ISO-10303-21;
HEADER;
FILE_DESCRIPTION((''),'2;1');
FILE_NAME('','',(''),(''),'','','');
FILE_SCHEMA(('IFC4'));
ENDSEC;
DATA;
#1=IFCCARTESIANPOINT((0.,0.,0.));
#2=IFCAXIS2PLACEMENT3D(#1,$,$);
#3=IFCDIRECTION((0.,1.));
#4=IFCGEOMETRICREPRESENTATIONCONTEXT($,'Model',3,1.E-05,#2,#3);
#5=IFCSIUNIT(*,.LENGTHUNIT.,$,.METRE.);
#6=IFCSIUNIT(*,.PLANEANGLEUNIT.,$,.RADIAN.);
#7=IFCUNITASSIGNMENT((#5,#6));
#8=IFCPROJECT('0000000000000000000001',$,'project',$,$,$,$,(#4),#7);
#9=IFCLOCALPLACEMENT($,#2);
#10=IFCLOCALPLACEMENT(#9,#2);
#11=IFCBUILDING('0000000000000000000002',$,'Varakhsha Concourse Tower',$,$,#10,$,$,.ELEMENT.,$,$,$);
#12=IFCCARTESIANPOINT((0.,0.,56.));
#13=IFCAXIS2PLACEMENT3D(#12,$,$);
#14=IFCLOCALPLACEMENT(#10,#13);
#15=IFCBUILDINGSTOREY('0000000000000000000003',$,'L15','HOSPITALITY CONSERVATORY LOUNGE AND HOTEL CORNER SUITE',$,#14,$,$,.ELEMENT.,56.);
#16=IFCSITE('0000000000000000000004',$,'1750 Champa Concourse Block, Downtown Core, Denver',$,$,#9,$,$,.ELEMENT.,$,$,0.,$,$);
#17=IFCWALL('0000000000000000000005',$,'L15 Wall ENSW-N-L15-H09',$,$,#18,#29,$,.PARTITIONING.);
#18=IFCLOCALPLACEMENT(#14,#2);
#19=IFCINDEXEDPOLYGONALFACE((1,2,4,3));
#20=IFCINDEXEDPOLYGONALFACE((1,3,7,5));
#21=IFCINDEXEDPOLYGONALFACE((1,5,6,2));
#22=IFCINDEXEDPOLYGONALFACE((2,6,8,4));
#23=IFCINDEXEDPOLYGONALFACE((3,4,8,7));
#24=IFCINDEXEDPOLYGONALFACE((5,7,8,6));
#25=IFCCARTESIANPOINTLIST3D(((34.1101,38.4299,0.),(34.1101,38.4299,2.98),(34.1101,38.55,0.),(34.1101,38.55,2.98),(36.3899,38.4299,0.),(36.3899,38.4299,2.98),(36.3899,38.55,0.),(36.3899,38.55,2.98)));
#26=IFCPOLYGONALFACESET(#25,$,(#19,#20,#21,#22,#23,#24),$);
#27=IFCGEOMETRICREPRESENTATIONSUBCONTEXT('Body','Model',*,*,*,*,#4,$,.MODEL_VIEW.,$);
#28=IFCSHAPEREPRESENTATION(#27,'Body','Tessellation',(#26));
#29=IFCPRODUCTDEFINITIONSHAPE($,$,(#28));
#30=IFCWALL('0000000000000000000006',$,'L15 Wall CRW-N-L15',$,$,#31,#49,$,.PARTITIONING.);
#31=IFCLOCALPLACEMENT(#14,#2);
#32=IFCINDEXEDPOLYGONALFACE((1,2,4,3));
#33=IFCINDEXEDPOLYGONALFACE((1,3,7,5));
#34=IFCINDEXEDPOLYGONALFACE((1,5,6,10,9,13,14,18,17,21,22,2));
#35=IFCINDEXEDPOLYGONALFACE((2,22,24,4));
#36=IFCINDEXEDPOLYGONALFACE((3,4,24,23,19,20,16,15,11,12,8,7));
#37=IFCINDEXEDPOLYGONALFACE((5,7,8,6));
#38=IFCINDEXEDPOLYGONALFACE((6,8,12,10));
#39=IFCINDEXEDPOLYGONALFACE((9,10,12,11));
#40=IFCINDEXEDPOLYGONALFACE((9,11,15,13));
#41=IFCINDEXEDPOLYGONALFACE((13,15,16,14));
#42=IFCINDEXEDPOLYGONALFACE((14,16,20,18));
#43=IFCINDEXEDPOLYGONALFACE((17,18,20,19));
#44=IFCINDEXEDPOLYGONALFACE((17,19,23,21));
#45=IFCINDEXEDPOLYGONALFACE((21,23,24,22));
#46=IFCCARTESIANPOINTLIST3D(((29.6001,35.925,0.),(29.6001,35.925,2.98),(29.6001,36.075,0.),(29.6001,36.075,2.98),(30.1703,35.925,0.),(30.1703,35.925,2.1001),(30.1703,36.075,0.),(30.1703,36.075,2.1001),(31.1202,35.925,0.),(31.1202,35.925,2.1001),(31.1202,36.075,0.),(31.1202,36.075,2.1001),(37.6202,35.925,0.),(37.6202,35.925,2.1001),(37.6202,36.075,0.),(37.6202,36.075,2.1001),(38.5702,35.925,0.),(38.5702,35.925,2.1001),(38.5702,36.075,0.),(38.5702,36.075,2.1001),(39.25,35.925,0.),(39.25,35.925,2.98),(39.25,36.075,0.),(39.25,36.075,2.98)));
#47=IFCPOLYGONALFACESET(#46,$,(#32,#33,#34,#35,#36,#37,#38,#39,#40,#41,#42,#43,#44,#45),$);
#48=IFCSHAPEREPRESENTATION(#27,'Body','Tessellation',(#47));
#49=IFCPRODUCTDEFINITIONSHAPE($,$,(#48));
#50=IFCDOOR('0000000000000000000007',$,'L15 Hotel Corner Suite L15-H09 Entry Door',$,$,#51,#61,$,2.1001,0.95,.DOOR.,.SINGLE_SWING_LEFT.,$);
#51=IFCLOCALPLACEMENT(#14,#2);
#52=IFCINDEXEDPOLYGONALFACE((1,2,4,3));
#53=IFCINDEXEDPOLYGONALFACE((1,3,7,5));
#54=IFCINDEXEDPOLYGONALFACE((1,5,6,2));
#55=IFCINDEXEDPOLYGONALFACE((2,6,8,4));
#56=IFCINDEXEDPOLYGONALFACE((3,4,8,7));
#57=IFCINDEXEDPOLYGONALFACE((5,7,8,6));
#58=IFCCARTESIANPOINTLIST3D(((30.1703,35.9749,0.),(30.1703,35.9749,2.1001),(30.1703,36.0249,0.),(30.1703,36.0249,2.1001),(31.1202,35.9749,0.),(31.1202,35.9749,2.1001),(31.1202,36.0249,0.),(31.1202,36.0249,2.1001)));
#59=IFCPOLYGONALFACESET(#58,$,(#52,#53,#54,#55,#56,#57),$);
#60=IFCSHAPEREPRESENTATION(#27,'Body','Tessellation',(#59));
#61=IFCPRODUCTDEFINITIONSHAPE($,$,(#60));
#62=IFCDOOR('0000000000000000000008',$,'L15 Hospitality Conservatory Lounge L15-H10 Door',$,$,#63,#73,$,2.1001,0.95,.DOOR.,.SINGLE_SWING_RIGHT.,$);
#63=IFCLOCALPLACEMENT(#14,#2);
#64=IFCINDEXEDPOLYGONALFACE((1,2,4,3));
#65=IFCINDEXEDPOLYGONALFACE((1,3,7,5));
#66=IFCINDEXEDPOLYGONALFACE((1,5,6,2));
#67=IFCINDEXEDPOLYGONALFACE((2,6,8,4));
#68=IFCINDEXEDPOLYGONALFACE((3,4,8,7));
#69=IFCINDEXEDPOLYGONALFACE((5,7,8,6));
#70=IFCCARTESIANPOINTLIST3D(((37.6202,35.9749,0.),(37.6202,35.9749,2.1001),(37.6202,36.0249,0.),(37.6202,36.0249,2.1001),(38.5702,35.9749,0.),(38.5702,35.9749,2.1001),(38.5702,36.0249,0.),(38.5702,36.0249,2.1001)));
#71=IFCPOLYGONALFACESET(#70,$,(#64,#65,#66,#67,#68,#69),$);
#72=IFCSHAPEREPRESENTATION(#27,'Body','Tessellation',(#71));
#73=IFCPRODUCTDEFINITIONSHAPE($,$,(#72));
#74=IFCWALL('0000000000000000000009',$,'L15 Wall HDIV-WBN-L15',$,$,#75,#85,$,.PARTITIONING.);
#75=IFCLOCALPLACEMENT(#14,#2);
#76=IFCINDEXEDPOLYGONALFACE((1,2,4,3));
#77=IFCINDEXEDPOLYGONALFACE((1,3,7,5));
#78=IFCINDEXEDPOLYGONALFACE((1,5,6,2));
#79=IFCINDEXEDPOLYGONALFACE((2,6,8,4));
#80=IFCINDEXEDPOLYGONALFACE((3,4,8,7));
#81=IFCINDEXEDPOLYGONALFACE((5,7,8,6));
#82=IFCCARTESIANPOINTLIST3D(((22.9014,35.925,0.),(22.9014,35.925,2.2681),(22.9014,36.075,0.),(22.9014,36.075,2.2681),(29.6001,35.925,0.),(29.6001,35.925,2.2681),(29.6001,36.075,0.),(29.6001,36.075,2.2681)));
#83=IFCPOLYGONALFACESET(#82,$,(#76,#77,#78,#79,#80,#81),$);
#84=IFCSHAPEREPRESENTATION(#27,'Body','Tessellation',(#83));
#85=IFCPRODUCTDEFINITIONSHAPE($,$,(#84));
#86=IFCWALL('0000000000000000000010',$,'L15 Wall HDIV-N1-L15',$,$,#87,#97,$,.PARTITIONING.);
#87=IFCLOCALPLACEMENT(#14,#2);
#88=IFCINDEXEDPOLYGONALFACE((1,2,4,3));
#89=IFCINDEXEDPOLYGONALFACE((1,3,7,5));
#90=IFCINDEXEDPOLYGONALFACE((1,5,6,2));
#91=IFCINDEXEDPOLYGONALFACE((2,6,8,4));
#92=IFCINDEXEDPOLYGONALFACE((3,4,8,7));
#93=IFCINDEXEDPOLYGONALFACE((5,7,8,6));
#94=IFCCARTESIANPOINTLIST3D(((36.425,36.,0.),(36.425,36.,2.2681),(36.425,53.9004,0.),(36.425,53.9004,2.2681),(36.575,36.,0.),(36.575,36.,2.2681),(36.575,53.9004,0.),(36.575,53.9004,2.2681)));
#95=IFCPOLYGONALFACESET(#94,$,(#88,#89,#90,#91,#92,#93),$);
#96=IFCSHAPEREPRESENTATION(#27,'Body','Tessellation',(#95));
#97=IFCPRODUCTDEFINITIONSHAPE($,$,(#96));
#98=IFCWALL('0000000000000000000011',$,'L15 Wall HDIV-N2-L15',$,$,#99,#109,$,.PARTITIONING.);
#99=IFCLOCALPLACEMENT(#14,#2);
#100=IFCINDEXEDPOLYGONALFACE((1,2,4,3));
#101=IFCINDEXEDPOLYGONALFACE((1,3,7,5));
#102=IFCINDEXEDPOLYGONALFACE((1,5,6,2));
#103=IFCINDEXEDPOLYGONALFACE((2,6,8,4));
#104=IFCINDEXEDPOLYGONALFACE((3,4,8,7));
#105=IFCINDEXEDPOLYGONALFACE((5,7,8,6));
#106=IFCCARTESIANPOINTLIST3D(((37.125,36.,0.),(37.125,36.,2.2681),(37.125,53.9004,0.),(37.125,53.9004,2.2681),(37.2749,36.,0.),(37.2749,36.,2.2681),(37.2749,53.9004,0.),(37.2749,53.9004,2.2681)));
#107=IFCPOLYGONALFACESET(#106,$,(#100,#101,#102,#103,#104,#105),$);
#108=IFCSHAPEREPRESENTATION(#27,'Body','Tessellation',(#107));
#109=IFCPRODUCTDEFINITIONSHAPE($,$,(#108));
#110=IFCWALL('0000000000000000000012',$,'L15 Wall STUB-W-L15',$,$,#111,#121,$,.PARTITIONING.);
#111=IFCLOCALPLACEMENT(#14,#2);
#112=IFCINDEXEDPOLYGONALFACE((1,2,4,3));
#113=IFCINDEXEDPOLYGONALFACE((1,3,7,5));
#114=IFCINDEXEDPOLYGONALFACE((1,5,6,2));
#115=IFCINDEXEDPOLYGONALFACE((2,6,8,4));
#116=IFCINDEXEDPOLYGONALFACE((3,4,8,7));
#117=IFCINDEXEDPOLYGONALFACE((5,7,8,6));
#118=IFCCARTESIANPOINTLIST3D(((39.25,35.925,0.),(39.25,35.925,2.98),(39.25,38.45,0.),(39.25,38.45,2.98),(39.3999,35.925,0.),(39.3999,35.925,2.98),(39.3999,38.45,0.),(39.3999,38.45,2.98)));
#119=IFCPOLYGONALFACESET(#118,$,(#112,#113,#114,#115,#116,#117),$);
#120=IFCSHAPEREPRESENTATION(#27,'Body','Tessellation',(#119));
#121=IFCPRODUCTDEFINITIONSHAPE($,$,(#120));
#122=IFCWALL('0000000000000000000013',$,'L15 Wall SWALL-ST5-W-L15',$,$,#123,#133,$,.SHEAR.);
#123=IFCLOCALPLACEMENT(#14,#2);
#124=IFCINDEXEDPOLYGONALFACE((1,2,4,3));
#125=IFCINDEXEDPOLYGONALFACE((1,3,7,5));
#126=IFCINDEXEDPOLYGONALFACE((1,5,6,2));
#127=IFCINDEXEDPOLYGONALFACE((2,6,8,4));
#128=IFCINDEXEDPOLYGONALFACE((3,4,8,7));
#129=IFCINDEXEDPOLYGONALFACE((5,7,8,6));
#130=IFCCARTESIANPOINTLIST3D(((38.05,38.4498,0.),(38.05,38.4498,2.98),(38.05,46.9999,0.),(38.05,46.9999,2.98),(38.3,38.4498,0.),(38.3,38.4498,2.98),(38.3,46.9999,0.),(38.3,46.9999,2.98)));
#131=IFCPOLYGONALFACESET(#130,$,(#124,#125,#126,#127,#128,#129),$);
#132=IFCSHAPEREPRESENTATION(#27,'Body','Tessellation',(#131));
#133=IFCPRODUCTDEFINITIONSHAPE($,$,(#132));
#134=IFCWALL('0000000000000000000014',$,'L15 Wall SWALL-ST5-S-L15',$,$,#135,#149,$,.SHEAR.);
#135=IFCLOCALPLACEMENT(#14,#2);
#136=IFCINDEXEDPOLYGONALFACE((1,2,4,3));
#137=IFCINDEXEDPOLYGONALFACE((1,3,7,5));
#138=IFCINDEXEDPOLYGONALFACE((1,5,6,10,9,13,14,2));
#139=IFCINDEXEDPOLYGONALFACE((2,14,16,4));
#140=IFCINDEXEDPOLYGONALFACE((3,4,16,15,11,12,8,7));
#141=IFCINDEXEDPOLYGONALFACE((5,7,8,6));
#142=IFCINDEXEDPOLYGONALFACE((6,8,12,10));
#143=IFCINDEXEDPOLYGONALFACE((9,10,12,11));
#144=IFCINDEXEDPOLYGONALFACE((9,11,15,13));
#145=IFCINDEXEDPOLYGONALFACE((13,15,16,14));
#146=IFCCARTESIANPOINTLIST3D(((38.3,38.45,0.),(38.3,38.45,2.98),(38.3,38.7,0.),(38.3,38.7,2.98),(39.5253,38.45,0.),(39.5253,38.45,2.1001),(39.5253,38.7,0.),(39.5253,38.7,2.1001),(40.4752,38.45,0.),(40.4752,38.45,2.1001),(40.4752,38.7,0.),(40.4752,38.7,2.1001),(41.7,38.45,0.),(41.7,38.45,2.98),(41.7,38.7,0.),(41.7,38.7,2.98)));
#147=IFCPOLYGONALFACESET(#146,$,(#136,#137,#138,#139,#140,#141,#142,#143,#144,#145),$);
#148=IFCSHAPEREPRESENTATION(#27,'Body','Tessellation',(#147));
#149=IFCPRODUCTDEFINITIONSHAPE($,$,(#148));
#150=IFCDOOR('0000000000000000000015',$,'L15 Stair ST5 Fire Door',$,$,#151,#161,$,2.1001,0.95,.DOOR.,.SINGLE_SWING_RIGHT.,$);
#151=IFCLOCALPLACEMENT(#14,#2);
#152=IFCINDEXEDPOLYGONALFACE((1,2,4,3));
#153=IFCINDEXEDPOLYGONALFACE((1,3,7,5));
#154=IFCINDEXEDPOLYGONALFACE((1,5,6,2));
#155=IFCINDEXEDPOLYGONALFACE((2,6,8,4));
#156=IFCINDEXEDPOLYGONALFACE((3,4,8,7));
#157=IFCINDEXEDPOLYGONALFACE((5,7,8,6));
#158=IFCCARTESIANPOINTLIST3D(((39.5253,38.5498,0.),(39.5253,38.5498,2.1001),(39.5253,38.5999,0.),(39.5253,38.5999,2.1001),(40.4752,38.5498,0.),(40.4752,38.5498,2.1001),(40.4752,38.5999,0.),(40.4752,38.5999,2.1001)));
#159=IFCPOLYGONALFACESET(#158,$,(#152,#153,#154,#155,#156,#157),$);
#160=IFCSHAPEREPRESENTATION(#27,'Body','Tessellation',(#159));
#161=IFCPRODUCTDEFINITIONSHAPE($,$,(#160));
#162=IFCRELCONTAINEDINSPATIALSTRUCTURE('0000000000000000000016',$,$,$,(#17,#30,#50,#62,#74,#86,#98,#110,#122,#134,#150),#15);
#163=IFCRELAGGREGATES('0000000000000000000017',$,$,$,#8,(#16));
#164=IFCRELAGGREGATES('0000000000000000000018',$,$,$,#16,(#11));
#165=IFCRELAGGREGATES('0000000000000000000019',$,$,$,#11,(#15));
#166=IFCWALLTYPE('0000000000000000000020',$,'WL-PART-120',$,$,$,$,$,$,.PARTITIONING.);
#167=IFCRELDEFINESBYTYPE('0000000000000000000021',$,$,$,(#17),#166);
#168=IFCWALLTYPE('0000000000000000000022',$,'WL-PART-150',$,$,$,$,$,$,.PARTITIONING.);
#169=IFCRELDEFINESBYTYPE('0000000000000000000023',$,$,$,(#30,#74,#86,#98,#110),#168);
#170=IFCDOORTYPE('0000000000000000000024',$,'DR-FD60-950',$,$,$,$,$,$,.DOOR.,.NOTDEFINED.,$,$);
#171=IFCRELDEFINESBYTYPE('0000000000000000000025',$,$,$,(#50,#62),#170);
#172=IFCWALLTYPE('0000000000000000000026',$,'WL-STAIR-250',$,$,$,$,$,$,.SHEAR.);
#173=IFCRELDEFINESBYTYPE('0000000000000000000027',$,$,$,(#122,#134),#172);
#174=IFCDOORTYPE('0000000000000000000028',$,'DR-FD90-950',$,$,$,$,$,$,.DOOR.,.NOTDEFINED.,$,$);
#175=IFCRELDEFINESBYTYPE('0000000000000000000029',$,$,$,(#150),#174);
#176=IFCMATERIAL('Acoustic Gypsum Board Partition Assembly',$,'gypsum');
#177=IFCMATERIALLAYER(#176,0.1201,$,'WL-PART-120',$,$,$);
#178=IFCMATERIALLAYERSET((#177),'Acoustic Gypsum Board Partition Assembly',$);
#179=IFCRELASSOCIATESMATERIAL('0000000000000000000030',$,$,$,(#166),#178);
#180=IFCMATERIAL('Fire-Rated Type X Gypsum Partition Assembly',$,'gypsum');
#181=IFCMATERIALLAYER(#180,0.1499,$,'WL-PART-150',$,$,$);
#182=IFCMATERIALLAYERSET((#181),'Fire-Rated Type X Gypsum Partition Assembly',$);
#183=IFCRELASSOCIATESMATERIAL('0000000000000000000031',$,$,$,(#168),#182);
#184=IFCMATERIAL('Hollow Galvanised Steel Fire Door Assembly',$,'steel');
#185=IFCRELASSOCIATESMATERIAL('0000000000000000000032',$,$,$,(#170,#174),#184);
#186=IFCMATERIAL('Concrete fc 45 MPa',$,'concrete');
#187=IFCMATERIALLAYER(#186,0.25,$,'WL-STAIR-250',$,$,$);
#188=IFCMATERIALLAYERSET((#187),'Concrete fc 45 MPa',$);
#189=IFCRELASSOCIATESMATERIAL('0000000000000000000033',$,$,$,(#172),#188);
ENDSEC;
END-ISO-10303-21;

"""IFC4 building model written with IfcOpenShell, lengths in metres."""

from ifc_helpers import new_model, si_unit, direction, frame, frame_2d, origin, place, context, subcontext, project, spatial, rectangle, extrude, material, layer, layer_set, type_object, element, fill, save


model = new_model("IFC4")

# Units and contexts
model_context = context("Model", 3, precision=1e-05, world=origin(), true_north=direction((0.0, 1.0)))
body_context = subcontext(model_context, "Body", "Model", "MODEL_VIEW")
ifc_project = project(units=[si_unit("LENGTHUNIT", "METRE"), si_unit("PLANEANGLEUNIT", "RADIAN")], contexts=[model_context])

# Site, building, storey
site_placement = place(None, origin())
site = spatial("IfcSite", under=ifc_project, at=site_placement, Name="1750 Champa Concourse Block, Downtown Core, Denver", CompositionType="ELEMENT", RefElevation=0.0)
building_placement = place(site_placement, origin())
building = spatial("IfcBuilding", under=site, at=building_placement, Name="Varakhsha Concourse Tower", CompositionType="ELEMENT")
storey_placement = place(building_placement, frame((0.0, 0.0, 56.0)))
storey = spatial("IfcBuildingStorey", under=building, at=storey_placement, Name="L15", Description="HOSPITALITY CONSERVATORY LOUNGE AND HOTEL CORNER SUITE", CompositionType="ELEMENT", Elevation=56.0)

# Shared definitions
ifc_material_1 = material(Name="Acoustic Gypsum Board Partition Assembly", Category="gypsum")
ifc_layer_1 = layer(ifc_material_1, 0.1201, Name="WL-PART-120")
ifc_layer_set_1 = layer_set([ifc_layer_1], Name="Acoustic Gypsum Board Partition Assembly")
wall_type_1 = type_object("IfcWallType", Name="WL-PART-120", PredefinedType="PARTITIONING", material=ifc_layer_set_1)

# Wall
wall_1_placement = place(storey_placement, frame((34.1101, 38.49, 0.0), z_axis=(0.0, 0.0, 1.0), x_axis=(1.0, 0.0, 0.0)))
element("IfcWall", 1, at=wall_1_placement, inside=storey, type_object=wall_type_1, Name="L15 Wall ENSW-N-L15-H09", PredefinedType="PARTITIONING", context=body_context, shape_type="SweptSolid", body=[
    extrude(rectangle(XDim=2.2798, YDim=0.1201, at=frame_2d((1.1399, 0.0))), origin(), (0.0, 0.0, 1.0), 2.98),
])

# Wall, openings, doors
ifc_material_2 = material(Name="Fire-Rated Type X Gypsum Partition Assembly", Category="gypsum")
ifc_layer_2 = layer(ifc_material_2, 0.1499, Name="WL-PART-150")
ifc_layer_set_2 = layer_set([ifc_layer_2], Name="Fire-Rated Type X Gypsum Partition Assembly")
wall_type_2 = type_object("IfcWallType", Name="WL-PART-150", PredefinedType="PARTITIONING", material=ifc_layer_set_2)
wall_2_placement = place(storey_placement, frame((29.6001, 36.0, 0.0), z_axis=(0.0, 0.0, 1.0), x_axis=(1.0, 0.0, 0.0)))
wall_2 = element("IfcWall", 2, at=wall_2_placement, inside=storey, type_object=wall_type_2, Name="L15 Wall CRW-N-L15", PredefinedType="PARTITIONING", context=body_context, shape_type="SweptSolid", body=[
    extrude(rectangle(XDim=9.6499, YDim=0.1499, at=frame_2d((4.825, 0.0))), origin(), (0.0, 0.0, 1.0), 2.98),
])
opening_1_placement = place(wall_2_placement, frame((0.5701, 0.0, 0.0)))
opening_1 = element("IfcOpeningElement", 3, at=opening_1_placement, cuts=wall_2, PredefinedType="OPENING", context=body_context, shape_type="SweptSolid", body=[
    extrude(rectangle(XDim=0.95, YDim=2.1001, at=frame_2d((0.4751, 1.05))), frame((0.0, 0.085, 0.0), z_axis=(0.0, -1.0, 0.0), x_axis=(1.0, 0.0, 0.0)), (0.0, 0.0, 1.0), 0.1699),
])
opening_2_placement = place(wall_2_placement, frame((8.02, 0.0, 0.0)))
opening_2 = element("IfcOpeningElement", 4, at=opening_2_placement, cuts=wall_2, PredefinedType="OPENING", context=body_context, shape_type="SweptSolid", body=[
    extrude(rectangle(XDim=0.95, YDim=2.1001, at=frame_2d((0.4751, 1.05))), frame((0.0, 0.085, 0.0), z_axis=(0.0, -1.0, 0.0), x_axis=(1.0, 0.0, 0.0)), (0.0, 0.0, 1.0), 0.1699),
])
ifc_material_3 = material(Name="Hollow Galvanised Steel Fire Door Assembly", Category="steel")
door_type_1 = type_object("IfcDoorType", Name="DR-FD60-950", OperationType="NOTDEFINED", PredefinedType="DOOR", material=ifc_material_3)
door_1_placement = place(opening_1_placement, origin())
door_1 = element("IfcDoor", 5, at=door_1_placement, inside=storey, type_object=door_type_1, Name="L15 Hotel Corner Suite L15-H09 Entry Door", OperationType="SINGLE_SWING_LEFT", OverallHeight=2.1001, OverallWidth=0.95, PredefinedType="DOOR", context=body_context, shape_type="SweptSolid", body=[
    extrude(rectangle(XDim=0.95, YDim=2.1001, at=frame_2d((0.4751, 1.05))), frame((0.0, 0.0249, 0.0), z_axis=(0.0, -1.0, 0.0), x_axis=(1.0, 0.0, 0.0)), (0.0, 0.0, 1.0), 0.05),
])
fill(opening_1, door_1)
door_2_placement = place(opening_2_placement, origin())
door_2 = element("IfcDoor", 6, at=door_2_placement, inside=storey, type_object=door_type_1, Name="L15 Hospitality Conservatory Lounge L15-H10 Door", OperationType="SINGLE_SWING_RIGHT", OverallHeight=2.1001, OverallWidth=0.95, PredefinedType="DOOR", context=body_context, shape_type="SweptSolid", body=[
    extrude(rectangle(XDim=0.95, YDim=2.1001, at=frame_2d((0.4751, 1.05))), frame((0.0, 0.0249, 0.0), z_axis=(0.0, -1.0, 0.0), x_axis=(1.0, 0.0, 0.0)), (0.0, 0.0, 1.0), 0.05),
])
fill(opening_2, door_2)

# Walls
wall_3_placement = place(storey_placement, frame((22.9014, 36.0, 0.0), z_axis=(0.0, 0.0, 1.0), x_axis=(1.0, 0.0, 0.0)))
element("IfcWall", 7, at=wall_3_placement, inside=storey, type_object=wall_type_2, Name="L15 Wall HDIV-WBN-L15", PredefinedType="PARTITIONING", context=body_context, shape_type="SweptSolid", body=[
    extrude(rectangle(XDim=6.6987, YDim=0.1499, at=frame_2d((3.3494, 0.0))), origin(), (0.0, 0.0, 1.0), 2.2681),
])
for number, where, z_axis, x_axis, name in (
    (8, (36.5, 36.0, 0.0), (0.0, 0.0, 1.0), (0.0, 1.0, 0.0), "L15 Wall HDIV-N1-L15"),
    (9, (37.2, 36.0, 0.0), (0.0, 0.0, 1.0), (0.0, 1.0, 0.0), "L15 Wall HDIV-N2-L15"),
):
    element("IfcWall", number, at=place(storey_placement, frame(where, z_axis=z_axis, x_axis=x_axis)), inside=storey, type_object=wall_type_2, Name=name, PredefinedType="PARTITIONING", context=body_context, shape_type="SweptSolid", body=[
        extrude(rectangle(XDim=17.9004, YDim=0.1499, at=frame_2d((8.9502, 0.0))), origin(), (0.0, 0.0, 1.0), 2.2681),
    ])
wall_4_placement = place(storey_placement, frame((39.325, 35.925, 0.0), z_axis=(0.0, 0.0, 1.0), x_axis=(0.0, 1.0, 0.0)))
element("IfcWall", 10, at=wall_4_placement, inside=storey, type_object=wall_type_2, Name="L15 Wall STUB-W-L15", PredefinedType="PARTITIONING", context=body_context, shape_type="SweptSolid", body=[
    extrude(rectangle(XDim=2.5249, YDim=0.1499, at=frame_2d((1.2625, 0.0))), origin(), (0.0, 0.0, 1.0), 2.98),
])
ifc_material_4 = material(Name="Concrete fc 45 MPa", Category="concrete")
ifc_layer_3 = layer(ifc_material_4, 0.25, Name="WL-STAIR-250")
ifc_layer_set_3 = layer_set([ifc_layer_3], Name="Concrete fc 45 MPa")
wall_type_3 = type_object("IfcWallType", Name="WL-STAIR-250", PredefinedType="SHEAR", material=ifc_layer_set_3)
wall_5_placement = place(storey_placement, frame((38.175, 38.45, 0.0), z_axis=(0.0, 0.0, 1.0), x_axis=(0.0, 1.0, 0.0)))
element("IfcWall", 11, at=wall_5_placement, inside=storey, type_object=wall_type_3, Name="L15 Wall SWALL-ST5-W-L15", PredefinedType="SHEAR", context=body_context, shape_type="SweptSolid", body=[
    extrude(rectangle(XDim=8.55, YDim=0.25, at=frame_2d((4.2749, 0.0))), origin(), (0.0, 0.0, 1.0), 2.98),
])

# Wall, opening, door
wall_6_placement = place(storey_placement, frame((38.3, 38.575, 0.0), z_axis=(0.0, 0.0, 1.0), x_axis=(1.0, 0.0, 0.0)))
wall_6 = element("IfcWall", 12, at=wall_6_placement, inside=storey, type_object=wall_type_3, Name="L15 Wall SWALL-ST5-S-L15", PredefinedType="SHEAR", context=body_context, shape_type="SweptSolid", body=[
    extrude(rectangle(XDim=3.3999, YDim=0.25, at=frame_2d((1.7, 0.0))), origin(), (0.0, 0.0, 1.0), 2.98),
])
opening_3_placement = place(wall_6_placement, frame((1.2251, 0.0, 0.0)))
opening_3 = element("IfcOpeningElement", 13, at=opening_3_placement, cuts=wall_6, PredefinedType="OPENING", context=body_context, shape_type="SweptSolid", body=[
    extrude(rectangle(XDim=0.95, YDim=2.1001, at=frame_2d((0.4751, 1.05))), frame((0.0, 0.135, 0.0), z_axis=(0.0, -1.0, 0.0), x_axis=(1.0, 0.0, 0.0)), (0.0, 0.0, 1.0), 0.27),
])
door_type_2 = type_object("IfcDoorType", Name="DR-FD90-950", OperationType="NOTDEFINED", PredefinedType="DOOR", material=ifc_material_3)
door_3_placement = place(opening_3_placement, origin())
door_3 = element("IfcDoor", 14, at=door_3_placement, inside=storey, type_object=door_type_2, Name="L15 Stair ST5 Fire Door", OperationType="SINGLE_SWING_RIGHT", OverallHeight=2.1001, OverallWidth=0.95, PredefinedType="DOOR", context=body_context, shape_type="SweptSolid", body=[
    extrude(rectangle(XDim=0.95, YDim=2.1001, at=frame_2d((0.4751, 1.05))), frame((0.0, 0.0249, 0.0), z_axis=(0.0, -1.0, 0.0), x_axis=(1.0, 0.0, 0.0)), (0.0, 0.0, 1.0), 0.05),
])
fill(opening_3, door_3)

save(model, "model.ifc")
